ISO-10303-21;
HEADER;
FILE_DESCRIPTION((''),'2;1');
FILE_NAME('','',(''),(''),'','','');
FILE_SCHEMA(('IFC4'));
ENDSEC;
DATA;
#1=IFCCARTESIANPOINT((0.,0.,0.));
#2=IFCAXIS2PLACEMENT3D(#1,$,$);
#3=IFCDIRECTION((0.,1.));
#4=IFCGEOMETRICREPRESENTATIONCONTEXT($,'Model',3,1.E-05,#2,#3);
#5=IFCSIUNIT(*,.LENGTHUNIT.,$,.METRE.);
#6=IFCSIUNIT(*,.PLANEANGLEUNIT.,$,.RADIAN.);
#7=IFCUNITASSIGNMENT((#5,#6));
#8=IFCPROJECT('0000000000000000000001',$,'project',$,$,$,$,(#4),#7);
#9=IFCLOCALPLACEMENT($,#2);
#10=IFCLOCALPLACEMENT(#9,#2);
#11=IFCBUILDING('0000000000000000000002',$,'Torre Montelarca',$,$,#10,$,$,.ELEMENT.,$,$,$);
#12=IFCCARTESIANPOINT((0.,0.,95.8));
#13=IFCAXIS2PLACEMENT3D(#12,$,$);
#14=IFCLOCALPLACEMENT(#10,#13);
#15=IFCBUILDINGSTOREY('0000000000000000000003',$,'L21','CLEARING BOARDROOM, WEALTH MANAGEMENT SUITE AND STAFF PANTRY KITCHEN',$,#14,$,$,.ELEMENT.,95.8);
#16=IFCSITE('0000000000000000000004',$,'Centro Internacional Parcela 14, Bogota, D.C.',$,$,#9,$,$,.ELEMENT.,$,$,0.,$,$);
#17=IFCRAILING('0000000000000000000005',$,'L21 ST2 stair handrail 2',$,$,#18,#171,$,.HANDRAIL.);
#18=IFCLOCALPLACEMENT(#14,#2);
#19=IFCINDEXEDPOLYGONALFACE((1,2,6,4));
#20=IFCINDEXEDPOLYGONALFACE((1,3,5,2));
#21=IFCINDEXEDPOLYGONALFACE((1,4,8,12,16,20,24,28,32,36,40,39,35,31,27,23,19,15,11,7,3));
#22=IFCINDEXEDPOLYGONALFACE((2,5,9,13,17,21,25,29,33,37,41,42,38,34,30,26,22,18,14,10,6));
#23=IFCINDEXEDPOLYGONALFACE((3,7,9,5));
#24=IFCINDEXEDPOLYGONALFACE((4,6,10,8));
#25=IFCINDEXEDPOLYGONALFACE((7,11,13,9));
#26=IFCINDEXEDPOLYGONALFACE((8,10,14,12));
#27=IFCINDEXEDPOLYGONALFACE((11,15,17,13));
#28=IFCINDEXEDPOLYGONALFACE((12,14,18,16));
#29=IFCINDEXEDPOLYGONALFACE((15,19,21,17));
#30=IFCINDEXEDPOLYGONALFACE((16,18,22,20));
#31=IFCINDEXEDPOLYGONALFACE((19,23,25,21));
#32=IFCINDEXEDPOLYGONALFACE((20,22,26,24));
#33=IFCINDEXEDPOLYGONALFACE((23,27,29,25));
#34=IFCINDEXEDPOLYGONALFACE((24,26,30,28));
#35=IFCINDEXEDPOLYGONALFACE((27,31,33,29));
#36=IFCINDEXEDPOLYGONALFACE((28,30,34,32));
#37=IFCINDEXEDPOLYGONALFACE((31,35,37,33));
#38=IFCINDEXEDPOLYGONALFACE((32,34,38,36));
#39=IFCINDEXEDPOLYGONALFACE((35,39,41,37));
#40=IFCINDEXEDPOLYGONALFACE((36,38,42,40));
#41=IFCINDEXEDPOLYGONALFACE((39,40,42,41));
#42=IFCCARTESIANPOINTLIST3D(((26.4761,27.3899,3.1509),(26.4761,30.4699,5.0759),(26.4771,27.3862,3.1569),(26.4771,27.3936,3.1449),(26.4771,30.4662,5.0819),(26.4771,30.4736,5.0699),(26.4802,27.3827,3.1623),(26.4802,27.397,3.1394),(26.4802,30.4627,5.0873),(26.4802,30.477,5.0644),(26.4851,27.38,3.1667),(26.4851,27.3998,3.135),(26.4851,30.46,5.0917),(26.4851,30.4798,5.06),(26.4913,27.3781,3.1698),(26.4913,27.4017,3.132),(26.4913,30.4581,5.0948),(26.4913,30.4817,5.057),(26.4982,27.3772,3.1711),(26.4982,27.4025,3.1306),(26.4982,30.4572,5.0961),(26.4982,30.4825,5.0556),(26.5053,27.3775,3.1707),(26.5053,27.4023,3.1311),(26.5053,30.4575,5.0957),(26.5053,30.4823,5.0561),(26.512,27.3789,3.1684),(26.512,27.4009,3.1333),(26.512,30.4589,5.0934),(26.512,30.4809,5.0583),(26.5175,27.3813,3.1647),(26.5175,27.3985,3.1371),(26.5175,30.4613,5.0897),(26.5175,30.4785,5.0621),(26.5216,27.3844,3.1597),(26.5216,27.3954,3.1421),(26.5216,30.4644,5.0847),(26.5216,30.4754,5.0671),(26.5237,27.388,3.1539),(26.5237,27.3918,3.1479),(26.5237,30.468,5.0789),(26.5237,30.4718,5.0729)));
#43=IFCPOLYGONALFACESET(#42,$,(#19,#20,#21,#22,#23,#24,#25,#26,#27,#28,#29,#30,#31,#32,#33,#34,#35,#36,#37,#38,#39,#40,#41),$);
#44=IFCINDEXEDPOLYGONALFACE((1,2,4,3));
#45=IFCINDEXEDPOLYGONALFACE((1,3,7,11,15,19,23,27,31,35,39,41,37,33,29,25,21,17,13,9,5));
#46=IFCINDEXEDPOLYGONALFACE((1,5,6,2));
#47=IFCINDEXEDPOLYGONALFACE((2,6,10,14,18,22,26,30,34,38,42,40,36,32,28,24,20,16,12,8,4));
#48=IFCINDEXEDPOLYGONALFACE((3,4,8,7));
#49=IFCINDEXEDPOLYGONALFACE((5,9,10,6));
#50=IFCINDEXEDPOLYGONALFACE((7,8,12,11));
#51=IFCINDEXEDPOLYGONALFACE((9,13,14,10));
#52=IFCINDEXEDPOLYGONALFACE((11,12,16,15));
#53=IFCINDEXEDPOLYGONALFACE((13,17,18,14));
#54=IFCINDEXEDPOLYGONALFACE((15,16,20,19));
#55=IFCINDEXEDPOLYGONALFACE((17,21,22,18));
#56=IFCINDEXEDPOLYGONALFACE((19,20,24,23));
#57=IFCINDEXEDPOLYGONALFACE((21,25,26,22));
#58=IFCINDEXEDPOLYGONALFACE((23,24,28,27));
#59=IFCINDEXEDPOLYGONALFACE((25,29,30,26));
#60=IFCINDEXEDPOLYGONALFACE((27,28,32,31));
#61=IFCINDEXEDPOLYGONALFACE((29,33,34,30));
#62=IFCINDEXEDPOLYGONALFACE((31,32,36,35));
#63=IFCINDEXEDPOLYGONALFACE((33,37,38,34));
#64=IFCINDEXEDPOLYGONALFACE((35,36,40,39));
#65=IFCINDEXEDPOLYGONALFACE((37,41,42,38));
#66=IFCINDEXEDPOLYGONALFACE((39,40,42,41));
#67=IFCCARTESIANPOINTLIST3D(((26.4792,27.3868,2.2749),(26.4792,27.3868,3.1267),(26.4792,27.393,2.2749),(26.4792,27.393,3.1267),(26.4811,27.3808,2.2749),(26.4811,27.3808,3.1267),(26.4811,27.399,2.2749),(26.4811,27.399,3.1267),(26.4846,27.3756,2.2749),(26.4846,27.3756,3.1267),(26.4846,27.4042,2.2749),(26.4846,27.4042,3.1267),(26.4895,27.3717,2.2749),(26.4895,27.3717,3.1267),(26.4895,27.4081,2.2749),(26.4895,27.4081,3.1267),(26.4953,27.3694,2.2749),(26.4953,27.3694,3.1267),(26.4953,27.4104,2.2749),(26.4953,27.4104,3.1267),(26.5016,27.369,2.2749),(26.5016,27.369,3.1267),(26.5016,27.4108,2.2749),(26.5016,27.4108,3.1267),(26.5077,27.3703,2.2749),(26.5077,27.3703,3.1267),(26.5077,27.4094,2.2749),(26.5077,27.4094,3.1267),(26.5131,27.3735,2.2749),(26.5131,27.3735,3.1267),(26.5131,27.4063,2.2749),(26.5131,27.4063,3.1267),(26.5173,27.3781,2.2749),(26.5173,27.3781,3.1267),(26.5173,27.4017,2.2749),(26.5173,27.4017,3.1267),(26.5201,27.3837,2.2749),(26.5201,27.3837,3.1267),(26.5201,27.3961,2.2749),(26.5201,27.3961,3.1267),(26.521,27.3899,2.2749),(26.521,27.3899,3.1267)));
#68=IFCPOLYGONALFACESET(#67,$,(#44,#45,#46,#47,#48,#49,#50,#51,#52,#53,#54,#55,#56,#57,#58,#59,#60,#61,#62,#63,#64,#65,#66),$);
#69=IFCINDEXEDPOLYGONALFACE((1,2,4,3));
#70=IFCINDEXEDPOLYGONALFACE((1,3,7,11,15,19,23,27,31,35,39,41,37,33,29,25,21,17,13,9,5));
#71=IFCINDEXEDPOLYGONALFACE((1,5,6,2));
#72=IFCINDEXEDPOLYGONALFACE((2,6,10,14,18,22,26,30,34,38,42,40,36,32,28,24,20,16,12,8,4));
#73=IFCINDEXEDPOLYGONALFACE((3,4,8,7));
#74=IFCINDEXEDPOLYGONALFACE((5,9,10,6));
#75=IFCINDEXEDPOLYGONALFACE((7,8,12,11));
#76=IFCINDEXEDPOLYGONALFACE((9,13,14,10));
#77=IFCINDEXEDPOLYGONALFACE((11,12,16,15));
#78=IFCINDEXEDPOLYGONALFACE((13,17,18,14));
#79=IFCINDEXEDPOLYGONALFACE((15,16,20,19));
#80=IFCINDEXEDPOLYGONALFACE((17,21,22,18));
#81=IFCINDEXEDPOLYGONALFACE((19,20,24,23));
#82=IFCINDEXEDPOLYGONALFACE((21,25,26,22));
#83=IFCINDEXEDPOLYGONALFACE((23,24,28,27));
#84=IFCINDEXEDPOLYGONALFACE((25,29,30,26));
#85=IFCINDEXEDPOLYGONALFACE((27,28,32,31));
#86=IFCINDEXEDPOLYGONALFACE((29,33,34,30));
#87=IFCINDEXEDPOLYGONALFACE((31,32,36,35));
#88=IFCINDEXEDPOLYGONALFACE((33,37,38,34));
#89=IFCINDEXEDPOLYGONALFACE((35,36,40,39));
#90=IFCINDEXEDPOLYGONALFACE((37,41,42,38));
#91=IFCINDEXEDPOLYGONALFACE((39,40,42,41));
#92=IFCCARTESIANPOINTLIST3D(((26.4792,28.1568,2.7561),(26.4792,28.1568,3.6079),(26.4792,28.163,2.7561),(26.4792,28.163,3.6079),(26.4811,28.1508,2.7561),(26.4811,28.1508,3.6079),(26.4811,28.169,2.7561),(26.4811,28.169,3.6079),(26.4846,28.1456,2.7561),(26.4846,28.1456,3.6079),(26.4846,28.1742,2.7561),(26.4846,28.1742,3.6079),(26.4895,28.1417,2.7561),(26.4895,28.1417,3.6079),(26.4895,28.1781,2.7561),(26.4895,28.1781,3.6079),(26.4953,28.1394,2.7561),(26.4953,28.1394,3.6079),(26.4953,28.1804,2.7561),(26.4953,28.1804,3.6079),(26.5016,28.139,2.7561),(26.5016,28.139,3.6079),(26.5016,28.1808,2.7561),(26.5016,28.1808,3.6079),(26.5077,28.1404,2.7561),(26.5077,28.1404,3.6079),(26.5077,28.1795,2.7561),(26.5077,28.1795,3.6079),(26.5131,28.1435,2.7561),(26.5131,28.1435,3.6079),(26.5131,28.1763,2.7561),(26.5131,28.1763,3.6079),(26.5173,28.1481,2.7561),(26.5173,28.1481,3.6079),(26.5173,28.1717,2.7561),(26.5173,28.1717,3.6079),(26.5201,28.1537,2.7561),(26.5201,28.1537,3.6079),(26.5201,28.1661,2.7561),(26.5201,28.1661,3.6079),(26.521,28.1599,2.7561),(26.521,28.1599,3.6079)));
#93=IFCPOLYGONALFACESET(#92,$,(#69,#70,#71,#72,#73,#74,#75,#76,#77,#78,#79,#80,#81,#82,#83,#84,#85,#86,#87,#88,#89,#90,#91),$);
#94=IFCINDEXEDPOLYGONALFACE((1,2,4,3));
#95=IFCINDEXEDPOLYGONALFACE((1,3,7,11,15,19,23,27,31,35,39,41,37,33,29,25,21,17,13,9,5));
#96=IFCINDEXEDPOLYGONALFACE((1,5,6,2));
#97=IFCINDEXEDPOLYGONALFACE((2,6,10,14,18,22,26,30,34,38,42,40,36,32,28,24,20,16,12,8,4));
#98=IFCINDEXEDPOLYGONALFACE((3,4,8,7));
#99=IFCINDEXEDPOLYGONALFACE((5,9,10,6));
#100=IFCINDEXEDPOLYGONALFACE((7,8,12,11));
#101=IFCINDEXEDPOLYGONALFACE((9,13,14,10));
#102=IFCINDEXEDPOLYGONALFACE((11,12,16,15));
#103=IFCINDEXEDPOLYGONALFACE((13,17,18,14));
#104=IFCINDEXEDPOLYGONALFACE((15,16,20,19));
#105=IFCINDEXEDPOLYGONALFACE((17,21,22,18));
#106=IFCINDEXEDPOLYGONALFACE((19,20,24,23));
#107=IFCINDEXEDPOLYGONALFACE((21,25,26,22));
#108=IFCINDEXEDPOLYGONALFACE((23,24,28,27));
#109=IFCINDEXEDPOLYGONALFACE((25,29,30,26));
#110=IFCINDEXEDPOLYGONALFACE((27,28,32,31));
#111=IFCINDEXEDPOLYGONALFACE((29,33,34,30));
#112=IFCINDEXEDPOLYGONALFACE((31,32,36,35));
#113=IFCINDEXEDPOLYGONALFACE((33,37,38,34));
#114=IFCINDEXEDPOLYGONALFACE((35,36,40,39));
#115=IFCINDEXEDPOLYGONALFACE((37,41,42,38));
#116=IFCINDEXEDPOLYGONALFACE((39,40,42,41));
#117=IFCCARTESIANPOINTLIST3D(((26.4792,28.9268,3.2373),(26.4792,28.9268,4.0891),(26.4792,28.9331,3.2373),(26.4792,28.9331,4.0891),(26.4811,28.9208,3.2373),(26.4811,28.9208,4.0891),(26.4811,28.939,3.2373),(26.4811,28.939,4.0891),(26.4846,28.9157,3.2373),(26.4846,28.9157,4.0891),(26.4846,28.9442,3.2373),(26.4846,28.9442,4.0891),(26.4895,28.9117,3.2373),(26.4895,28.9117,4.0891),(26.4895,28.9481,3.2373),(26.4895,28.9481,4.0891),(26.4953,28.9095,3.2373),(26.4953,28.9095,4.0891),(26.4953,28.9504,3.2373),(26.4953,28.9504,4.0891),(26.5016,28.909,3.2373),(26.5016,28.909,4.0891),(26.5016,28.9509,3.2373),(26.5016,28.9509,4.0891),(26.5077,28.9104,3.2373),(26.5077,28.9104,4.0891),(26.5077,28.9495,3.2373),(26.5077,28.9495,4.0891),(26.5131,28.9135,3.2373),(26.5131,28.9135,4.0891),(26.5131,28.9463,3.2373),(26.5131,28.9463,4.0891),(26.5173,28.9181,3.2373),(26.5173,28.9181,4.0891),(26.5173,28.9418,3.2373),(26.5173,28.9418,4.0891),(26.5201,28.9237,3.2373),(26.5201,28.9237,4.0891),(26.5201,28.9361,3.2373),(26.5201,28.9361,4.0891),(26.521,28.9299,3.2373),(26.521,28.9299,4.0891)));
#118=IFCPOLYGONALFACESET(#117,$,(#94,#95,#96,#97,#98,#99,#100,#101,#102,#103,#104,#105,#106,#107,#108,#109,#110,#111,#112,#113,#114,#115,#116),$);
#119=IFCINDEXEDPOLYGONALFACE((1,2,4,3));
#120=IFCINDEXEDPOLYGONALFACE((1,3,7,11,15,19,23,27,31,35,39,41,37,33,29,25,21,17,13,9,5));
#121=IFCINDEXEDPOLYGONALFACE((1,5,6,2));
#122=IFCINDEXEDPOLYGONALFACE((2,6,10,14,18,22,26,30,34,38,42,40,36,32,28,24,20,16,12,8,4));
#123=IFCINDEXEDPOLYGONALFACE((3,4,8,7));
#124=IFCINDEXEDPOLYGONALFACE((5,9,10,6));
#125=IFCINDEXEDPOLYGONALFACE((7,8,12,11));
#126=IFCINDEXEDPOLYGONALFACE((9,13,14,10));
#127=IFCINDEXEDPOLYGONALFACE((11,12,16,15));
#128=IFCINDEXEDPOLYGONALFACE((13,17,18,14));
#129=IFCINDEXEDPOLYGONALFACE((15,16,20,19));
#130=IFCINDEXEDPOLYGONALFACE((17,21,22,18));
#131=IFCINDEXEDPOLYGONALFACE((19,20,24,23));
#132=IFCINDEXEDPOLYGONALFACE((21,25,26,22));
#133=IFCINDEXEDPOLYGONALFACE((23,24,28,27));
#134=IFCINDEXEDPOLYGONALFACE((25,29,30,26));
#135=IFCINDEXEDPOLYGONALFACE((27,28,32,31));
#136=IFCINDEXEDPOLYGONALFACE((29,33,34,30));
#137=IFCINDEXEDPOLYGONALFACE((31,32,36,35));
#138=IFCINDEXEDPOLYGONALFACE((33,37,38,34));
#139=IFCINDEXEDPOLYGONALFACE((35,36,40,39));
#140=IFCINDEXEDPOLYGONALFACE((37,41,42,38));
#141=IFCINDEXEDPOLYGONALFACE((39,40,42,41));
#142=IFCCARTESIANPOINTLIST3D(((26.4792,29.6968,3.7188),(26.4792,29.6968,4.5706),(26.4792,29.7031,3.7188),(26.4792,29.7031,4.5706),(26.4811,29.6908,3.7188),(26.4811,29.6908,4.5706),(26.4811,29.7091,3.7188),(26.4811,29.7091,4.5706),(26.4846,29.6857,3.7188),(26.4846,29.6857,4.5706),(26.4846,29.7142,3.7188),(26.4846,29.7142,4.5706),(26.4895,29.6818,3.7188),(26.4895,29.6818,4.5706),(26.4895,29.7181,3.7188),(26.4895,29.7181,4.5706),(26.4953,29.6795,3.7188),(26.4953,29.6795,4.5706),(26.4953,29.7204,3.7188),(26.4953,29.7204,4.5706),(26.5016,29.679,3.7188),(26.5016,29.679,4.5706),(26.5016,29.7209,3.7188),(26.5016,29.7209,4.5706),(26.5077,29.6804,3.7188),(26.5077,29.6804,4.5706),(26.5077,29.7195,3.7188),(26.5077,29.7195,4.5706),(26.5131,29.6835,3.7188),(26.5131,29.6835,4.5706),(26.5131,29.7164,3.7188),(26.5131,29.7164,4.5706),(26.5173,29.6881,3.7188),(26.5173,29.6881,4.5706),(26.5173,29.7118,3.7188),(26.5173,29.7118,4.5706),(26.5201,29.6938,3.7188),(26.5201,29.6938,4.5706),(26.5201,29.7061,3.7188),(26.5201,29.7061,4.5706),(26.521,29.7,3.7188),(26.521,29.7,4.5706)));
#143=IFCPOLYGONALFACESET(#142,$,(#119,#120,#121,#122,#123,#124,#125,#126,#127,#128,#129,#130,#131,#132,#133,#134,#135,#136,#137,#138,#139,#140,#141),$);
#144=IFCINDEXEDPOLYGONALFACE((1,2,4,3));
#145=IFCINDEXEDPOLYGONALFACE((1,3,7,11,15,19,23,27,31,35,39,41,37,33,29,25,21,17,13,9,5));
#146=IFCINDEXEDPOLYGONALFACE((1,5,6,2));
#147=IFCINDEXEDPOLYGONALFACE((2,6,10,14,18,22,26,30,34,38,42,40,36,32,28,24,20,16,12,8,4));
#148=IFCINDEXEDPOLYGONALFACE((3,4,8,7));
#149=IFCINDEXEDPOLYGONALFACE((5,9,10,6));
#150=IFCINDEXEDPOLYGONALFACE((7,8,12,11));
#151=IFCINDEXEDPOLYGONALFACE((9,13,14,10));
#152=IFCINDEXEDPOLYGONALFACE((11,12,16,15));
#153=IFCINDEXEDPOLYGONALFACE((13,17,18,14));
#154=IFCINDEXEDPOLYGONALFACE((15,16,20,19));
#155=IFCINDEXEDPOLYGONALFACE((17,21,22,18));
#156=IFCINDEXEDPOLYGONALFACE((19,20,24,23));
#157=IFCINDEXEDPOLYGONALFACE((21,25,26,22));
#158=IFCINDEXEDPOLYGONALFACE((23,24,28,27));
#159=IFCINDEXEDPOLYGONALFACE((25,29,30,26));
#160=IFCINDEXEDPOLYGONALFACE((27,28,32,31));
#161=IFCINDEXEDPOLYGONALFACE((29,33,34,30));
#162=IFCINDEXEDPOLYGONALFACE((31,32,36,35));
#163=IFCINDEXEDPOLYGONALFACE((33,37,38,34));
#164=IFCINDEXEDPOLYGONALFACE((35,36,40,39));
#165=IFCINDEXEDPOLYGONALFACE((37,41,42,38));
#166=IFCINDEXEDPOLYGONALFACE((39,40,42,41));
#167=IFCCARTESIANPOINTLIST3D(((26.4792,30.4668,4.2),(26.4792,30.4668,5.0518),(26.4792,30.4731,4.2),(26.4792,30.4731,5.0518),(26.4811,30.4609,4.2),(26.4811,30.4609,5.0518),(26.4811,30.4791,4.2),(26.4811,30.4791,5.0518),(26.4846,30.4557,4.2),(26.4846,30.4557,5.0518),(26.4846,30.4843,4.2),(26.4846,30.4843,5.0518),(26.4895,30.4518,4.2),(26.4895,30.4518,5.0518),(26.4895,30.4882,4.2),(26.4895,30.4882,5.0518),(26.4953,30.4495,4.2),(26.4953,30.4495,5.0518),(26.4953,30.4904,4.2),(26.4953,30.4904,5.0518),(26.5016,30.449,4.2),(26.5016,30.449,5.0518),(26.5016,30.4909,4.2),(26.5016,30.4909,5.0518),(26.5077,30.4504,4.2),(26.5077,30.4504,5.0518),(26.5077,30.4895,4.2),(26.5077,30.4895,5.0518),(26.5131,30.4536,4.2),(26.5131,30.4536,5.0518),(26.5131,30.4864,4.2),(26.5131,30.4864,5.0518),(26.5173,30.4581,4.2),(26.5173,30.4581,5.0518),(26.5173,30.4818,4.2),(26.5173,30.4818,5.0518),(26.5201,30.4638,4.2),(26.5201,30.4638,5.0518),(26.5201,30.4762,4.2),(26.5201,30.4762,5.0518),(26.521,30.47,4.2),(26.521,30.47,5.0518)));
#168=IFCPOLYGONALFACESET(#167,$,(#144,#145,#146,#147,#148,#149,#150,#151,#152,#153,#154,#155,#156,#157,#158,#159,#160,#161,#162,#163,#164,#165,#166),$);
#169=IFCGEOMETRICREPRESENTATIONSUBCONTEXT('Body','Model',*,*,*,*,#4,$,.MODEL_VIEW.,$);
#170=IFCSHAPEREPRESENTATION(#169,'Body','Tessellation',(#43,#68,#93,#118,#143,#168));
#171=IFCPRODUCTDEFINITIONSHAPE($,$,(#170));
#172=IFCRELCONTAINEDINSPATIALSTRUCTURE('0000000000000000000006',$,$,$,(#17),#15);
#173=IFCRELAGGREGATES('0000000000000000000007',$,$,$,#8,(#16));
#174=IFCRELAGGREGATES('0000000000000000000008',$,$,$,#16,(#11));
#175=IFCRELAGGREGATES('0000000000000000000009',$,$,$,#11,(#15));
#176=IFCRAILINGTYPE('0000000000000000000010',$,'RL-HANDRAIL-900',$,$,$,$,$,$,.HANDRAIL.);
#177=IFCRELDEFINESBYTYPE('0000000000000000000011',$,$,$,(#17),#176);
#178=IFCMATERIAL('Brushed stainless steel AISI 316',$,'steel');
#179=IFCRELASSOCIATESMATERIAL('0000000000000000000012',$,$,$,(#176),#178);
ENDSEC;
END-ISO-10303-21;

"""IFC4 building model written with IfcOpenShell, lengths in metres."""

from ifc_helpers import new_model, si_unit, direction, frame, origin, origin_2d, place, context, subcontext, project, spatial, circle, extrude, material, type_object, element, save


model = new_model("IFC4")

# Units and contexts
model_context = context("Model", 3, precision=1e-05, world=origin(), true_north=direction((0.0, 1.0)))
body_context = subcontext(model_context, "Body", "Model", "MODEL_VIEW")
ifc_project = project(units=[si_unit("LENGTHUNIT", "METRE"), si_unit("PLANEANGLEUNIT", "RADIAN")], contexts=[model_context])

# Site, building, storey
site_placement = place(None, origin())
site = spatial("IfcSite", under=ifc_project, at=site_placement, Name="Centro Internacional Parcela 14, Bogota, D.C.", CompositionType="ELEMENT", RefElevation=0.0)
building_placement = place(site_placement, origin())
building = spatial("IfcBuilding", under=site, at=building_placement, Name="Torre Montelarca", CompositionType="ELEMENT")
storey_placement = place(building_placement, frame((0.0, 0.0, 95.8)))
storey = spatial("IfcBuildingStorey", under=building, at=storey_placement, Name="L21", Description="CLEARING BOARDROOM, WEALTH MANAGEMENT SUITE AND STAFF PANTRY KITCHEN", CompositionType="ELEMENT", Elevation=95.8)

# Shared definitions
ifc_material_1 = material(Name="Brushed stainless steel AISI 316", Category="steel")

# Railing
railing_type_1 = type_object("IfcRailingType", Name="RL-HANDRAIL-900", PredefinedType="HANDRAIL", material=ifc_material_1)
railing_1_placement = place(storey_placement, frame((26.5, 27.3899, 2.2749)))
element("IfcRailing", 1, at=railing_1_placement, inside=storey, type_object=railing_type_1, Name="L21 ST2 stair handrail 2", PredefinedType="HANDRAIL", context=body_context, shape_type="SweptSolid", body=[
    extrude(circle(Radius=0.0239, at=origin_2d()), frame((0.0, 0.0, 0.876), z_axis=(0.0, 0.847998, 0.529999), x_axis=(-1.0, 0.0, 0.0)), (0.0, 0.0, 1.0), 3.6321),
    extrude(circle(Radius=0.021, at=origin_2d()), origin(), (0.0, 0.0, 1.0), 0.8518),
    extrude(circle(Radius=0.021, at=origin_2d()), frame((0.0, 0.77, 0.4812)), (0.0, 0.0, 1.0), 0.8518),
    extrude(circle(Radius=0.021, at=origin_2d()), frame((0.0, 1.54, 0.9624)), (0.0, 0.0, 1.0), 0.8518),
    extrude(circle(Radius=0.021, at=origin_2d()), frame((0.0, 2.3101, 1.4438)), (0.0, 0.0, 1.0), 0.8518),
    extrude(circle(Radius=0.021, at=origin_2d()), frame((0.0, 3.0801, 1.925)), (0.0, 0.0, 1.0), 0.8518),
])

save(model, "model.ifc")
